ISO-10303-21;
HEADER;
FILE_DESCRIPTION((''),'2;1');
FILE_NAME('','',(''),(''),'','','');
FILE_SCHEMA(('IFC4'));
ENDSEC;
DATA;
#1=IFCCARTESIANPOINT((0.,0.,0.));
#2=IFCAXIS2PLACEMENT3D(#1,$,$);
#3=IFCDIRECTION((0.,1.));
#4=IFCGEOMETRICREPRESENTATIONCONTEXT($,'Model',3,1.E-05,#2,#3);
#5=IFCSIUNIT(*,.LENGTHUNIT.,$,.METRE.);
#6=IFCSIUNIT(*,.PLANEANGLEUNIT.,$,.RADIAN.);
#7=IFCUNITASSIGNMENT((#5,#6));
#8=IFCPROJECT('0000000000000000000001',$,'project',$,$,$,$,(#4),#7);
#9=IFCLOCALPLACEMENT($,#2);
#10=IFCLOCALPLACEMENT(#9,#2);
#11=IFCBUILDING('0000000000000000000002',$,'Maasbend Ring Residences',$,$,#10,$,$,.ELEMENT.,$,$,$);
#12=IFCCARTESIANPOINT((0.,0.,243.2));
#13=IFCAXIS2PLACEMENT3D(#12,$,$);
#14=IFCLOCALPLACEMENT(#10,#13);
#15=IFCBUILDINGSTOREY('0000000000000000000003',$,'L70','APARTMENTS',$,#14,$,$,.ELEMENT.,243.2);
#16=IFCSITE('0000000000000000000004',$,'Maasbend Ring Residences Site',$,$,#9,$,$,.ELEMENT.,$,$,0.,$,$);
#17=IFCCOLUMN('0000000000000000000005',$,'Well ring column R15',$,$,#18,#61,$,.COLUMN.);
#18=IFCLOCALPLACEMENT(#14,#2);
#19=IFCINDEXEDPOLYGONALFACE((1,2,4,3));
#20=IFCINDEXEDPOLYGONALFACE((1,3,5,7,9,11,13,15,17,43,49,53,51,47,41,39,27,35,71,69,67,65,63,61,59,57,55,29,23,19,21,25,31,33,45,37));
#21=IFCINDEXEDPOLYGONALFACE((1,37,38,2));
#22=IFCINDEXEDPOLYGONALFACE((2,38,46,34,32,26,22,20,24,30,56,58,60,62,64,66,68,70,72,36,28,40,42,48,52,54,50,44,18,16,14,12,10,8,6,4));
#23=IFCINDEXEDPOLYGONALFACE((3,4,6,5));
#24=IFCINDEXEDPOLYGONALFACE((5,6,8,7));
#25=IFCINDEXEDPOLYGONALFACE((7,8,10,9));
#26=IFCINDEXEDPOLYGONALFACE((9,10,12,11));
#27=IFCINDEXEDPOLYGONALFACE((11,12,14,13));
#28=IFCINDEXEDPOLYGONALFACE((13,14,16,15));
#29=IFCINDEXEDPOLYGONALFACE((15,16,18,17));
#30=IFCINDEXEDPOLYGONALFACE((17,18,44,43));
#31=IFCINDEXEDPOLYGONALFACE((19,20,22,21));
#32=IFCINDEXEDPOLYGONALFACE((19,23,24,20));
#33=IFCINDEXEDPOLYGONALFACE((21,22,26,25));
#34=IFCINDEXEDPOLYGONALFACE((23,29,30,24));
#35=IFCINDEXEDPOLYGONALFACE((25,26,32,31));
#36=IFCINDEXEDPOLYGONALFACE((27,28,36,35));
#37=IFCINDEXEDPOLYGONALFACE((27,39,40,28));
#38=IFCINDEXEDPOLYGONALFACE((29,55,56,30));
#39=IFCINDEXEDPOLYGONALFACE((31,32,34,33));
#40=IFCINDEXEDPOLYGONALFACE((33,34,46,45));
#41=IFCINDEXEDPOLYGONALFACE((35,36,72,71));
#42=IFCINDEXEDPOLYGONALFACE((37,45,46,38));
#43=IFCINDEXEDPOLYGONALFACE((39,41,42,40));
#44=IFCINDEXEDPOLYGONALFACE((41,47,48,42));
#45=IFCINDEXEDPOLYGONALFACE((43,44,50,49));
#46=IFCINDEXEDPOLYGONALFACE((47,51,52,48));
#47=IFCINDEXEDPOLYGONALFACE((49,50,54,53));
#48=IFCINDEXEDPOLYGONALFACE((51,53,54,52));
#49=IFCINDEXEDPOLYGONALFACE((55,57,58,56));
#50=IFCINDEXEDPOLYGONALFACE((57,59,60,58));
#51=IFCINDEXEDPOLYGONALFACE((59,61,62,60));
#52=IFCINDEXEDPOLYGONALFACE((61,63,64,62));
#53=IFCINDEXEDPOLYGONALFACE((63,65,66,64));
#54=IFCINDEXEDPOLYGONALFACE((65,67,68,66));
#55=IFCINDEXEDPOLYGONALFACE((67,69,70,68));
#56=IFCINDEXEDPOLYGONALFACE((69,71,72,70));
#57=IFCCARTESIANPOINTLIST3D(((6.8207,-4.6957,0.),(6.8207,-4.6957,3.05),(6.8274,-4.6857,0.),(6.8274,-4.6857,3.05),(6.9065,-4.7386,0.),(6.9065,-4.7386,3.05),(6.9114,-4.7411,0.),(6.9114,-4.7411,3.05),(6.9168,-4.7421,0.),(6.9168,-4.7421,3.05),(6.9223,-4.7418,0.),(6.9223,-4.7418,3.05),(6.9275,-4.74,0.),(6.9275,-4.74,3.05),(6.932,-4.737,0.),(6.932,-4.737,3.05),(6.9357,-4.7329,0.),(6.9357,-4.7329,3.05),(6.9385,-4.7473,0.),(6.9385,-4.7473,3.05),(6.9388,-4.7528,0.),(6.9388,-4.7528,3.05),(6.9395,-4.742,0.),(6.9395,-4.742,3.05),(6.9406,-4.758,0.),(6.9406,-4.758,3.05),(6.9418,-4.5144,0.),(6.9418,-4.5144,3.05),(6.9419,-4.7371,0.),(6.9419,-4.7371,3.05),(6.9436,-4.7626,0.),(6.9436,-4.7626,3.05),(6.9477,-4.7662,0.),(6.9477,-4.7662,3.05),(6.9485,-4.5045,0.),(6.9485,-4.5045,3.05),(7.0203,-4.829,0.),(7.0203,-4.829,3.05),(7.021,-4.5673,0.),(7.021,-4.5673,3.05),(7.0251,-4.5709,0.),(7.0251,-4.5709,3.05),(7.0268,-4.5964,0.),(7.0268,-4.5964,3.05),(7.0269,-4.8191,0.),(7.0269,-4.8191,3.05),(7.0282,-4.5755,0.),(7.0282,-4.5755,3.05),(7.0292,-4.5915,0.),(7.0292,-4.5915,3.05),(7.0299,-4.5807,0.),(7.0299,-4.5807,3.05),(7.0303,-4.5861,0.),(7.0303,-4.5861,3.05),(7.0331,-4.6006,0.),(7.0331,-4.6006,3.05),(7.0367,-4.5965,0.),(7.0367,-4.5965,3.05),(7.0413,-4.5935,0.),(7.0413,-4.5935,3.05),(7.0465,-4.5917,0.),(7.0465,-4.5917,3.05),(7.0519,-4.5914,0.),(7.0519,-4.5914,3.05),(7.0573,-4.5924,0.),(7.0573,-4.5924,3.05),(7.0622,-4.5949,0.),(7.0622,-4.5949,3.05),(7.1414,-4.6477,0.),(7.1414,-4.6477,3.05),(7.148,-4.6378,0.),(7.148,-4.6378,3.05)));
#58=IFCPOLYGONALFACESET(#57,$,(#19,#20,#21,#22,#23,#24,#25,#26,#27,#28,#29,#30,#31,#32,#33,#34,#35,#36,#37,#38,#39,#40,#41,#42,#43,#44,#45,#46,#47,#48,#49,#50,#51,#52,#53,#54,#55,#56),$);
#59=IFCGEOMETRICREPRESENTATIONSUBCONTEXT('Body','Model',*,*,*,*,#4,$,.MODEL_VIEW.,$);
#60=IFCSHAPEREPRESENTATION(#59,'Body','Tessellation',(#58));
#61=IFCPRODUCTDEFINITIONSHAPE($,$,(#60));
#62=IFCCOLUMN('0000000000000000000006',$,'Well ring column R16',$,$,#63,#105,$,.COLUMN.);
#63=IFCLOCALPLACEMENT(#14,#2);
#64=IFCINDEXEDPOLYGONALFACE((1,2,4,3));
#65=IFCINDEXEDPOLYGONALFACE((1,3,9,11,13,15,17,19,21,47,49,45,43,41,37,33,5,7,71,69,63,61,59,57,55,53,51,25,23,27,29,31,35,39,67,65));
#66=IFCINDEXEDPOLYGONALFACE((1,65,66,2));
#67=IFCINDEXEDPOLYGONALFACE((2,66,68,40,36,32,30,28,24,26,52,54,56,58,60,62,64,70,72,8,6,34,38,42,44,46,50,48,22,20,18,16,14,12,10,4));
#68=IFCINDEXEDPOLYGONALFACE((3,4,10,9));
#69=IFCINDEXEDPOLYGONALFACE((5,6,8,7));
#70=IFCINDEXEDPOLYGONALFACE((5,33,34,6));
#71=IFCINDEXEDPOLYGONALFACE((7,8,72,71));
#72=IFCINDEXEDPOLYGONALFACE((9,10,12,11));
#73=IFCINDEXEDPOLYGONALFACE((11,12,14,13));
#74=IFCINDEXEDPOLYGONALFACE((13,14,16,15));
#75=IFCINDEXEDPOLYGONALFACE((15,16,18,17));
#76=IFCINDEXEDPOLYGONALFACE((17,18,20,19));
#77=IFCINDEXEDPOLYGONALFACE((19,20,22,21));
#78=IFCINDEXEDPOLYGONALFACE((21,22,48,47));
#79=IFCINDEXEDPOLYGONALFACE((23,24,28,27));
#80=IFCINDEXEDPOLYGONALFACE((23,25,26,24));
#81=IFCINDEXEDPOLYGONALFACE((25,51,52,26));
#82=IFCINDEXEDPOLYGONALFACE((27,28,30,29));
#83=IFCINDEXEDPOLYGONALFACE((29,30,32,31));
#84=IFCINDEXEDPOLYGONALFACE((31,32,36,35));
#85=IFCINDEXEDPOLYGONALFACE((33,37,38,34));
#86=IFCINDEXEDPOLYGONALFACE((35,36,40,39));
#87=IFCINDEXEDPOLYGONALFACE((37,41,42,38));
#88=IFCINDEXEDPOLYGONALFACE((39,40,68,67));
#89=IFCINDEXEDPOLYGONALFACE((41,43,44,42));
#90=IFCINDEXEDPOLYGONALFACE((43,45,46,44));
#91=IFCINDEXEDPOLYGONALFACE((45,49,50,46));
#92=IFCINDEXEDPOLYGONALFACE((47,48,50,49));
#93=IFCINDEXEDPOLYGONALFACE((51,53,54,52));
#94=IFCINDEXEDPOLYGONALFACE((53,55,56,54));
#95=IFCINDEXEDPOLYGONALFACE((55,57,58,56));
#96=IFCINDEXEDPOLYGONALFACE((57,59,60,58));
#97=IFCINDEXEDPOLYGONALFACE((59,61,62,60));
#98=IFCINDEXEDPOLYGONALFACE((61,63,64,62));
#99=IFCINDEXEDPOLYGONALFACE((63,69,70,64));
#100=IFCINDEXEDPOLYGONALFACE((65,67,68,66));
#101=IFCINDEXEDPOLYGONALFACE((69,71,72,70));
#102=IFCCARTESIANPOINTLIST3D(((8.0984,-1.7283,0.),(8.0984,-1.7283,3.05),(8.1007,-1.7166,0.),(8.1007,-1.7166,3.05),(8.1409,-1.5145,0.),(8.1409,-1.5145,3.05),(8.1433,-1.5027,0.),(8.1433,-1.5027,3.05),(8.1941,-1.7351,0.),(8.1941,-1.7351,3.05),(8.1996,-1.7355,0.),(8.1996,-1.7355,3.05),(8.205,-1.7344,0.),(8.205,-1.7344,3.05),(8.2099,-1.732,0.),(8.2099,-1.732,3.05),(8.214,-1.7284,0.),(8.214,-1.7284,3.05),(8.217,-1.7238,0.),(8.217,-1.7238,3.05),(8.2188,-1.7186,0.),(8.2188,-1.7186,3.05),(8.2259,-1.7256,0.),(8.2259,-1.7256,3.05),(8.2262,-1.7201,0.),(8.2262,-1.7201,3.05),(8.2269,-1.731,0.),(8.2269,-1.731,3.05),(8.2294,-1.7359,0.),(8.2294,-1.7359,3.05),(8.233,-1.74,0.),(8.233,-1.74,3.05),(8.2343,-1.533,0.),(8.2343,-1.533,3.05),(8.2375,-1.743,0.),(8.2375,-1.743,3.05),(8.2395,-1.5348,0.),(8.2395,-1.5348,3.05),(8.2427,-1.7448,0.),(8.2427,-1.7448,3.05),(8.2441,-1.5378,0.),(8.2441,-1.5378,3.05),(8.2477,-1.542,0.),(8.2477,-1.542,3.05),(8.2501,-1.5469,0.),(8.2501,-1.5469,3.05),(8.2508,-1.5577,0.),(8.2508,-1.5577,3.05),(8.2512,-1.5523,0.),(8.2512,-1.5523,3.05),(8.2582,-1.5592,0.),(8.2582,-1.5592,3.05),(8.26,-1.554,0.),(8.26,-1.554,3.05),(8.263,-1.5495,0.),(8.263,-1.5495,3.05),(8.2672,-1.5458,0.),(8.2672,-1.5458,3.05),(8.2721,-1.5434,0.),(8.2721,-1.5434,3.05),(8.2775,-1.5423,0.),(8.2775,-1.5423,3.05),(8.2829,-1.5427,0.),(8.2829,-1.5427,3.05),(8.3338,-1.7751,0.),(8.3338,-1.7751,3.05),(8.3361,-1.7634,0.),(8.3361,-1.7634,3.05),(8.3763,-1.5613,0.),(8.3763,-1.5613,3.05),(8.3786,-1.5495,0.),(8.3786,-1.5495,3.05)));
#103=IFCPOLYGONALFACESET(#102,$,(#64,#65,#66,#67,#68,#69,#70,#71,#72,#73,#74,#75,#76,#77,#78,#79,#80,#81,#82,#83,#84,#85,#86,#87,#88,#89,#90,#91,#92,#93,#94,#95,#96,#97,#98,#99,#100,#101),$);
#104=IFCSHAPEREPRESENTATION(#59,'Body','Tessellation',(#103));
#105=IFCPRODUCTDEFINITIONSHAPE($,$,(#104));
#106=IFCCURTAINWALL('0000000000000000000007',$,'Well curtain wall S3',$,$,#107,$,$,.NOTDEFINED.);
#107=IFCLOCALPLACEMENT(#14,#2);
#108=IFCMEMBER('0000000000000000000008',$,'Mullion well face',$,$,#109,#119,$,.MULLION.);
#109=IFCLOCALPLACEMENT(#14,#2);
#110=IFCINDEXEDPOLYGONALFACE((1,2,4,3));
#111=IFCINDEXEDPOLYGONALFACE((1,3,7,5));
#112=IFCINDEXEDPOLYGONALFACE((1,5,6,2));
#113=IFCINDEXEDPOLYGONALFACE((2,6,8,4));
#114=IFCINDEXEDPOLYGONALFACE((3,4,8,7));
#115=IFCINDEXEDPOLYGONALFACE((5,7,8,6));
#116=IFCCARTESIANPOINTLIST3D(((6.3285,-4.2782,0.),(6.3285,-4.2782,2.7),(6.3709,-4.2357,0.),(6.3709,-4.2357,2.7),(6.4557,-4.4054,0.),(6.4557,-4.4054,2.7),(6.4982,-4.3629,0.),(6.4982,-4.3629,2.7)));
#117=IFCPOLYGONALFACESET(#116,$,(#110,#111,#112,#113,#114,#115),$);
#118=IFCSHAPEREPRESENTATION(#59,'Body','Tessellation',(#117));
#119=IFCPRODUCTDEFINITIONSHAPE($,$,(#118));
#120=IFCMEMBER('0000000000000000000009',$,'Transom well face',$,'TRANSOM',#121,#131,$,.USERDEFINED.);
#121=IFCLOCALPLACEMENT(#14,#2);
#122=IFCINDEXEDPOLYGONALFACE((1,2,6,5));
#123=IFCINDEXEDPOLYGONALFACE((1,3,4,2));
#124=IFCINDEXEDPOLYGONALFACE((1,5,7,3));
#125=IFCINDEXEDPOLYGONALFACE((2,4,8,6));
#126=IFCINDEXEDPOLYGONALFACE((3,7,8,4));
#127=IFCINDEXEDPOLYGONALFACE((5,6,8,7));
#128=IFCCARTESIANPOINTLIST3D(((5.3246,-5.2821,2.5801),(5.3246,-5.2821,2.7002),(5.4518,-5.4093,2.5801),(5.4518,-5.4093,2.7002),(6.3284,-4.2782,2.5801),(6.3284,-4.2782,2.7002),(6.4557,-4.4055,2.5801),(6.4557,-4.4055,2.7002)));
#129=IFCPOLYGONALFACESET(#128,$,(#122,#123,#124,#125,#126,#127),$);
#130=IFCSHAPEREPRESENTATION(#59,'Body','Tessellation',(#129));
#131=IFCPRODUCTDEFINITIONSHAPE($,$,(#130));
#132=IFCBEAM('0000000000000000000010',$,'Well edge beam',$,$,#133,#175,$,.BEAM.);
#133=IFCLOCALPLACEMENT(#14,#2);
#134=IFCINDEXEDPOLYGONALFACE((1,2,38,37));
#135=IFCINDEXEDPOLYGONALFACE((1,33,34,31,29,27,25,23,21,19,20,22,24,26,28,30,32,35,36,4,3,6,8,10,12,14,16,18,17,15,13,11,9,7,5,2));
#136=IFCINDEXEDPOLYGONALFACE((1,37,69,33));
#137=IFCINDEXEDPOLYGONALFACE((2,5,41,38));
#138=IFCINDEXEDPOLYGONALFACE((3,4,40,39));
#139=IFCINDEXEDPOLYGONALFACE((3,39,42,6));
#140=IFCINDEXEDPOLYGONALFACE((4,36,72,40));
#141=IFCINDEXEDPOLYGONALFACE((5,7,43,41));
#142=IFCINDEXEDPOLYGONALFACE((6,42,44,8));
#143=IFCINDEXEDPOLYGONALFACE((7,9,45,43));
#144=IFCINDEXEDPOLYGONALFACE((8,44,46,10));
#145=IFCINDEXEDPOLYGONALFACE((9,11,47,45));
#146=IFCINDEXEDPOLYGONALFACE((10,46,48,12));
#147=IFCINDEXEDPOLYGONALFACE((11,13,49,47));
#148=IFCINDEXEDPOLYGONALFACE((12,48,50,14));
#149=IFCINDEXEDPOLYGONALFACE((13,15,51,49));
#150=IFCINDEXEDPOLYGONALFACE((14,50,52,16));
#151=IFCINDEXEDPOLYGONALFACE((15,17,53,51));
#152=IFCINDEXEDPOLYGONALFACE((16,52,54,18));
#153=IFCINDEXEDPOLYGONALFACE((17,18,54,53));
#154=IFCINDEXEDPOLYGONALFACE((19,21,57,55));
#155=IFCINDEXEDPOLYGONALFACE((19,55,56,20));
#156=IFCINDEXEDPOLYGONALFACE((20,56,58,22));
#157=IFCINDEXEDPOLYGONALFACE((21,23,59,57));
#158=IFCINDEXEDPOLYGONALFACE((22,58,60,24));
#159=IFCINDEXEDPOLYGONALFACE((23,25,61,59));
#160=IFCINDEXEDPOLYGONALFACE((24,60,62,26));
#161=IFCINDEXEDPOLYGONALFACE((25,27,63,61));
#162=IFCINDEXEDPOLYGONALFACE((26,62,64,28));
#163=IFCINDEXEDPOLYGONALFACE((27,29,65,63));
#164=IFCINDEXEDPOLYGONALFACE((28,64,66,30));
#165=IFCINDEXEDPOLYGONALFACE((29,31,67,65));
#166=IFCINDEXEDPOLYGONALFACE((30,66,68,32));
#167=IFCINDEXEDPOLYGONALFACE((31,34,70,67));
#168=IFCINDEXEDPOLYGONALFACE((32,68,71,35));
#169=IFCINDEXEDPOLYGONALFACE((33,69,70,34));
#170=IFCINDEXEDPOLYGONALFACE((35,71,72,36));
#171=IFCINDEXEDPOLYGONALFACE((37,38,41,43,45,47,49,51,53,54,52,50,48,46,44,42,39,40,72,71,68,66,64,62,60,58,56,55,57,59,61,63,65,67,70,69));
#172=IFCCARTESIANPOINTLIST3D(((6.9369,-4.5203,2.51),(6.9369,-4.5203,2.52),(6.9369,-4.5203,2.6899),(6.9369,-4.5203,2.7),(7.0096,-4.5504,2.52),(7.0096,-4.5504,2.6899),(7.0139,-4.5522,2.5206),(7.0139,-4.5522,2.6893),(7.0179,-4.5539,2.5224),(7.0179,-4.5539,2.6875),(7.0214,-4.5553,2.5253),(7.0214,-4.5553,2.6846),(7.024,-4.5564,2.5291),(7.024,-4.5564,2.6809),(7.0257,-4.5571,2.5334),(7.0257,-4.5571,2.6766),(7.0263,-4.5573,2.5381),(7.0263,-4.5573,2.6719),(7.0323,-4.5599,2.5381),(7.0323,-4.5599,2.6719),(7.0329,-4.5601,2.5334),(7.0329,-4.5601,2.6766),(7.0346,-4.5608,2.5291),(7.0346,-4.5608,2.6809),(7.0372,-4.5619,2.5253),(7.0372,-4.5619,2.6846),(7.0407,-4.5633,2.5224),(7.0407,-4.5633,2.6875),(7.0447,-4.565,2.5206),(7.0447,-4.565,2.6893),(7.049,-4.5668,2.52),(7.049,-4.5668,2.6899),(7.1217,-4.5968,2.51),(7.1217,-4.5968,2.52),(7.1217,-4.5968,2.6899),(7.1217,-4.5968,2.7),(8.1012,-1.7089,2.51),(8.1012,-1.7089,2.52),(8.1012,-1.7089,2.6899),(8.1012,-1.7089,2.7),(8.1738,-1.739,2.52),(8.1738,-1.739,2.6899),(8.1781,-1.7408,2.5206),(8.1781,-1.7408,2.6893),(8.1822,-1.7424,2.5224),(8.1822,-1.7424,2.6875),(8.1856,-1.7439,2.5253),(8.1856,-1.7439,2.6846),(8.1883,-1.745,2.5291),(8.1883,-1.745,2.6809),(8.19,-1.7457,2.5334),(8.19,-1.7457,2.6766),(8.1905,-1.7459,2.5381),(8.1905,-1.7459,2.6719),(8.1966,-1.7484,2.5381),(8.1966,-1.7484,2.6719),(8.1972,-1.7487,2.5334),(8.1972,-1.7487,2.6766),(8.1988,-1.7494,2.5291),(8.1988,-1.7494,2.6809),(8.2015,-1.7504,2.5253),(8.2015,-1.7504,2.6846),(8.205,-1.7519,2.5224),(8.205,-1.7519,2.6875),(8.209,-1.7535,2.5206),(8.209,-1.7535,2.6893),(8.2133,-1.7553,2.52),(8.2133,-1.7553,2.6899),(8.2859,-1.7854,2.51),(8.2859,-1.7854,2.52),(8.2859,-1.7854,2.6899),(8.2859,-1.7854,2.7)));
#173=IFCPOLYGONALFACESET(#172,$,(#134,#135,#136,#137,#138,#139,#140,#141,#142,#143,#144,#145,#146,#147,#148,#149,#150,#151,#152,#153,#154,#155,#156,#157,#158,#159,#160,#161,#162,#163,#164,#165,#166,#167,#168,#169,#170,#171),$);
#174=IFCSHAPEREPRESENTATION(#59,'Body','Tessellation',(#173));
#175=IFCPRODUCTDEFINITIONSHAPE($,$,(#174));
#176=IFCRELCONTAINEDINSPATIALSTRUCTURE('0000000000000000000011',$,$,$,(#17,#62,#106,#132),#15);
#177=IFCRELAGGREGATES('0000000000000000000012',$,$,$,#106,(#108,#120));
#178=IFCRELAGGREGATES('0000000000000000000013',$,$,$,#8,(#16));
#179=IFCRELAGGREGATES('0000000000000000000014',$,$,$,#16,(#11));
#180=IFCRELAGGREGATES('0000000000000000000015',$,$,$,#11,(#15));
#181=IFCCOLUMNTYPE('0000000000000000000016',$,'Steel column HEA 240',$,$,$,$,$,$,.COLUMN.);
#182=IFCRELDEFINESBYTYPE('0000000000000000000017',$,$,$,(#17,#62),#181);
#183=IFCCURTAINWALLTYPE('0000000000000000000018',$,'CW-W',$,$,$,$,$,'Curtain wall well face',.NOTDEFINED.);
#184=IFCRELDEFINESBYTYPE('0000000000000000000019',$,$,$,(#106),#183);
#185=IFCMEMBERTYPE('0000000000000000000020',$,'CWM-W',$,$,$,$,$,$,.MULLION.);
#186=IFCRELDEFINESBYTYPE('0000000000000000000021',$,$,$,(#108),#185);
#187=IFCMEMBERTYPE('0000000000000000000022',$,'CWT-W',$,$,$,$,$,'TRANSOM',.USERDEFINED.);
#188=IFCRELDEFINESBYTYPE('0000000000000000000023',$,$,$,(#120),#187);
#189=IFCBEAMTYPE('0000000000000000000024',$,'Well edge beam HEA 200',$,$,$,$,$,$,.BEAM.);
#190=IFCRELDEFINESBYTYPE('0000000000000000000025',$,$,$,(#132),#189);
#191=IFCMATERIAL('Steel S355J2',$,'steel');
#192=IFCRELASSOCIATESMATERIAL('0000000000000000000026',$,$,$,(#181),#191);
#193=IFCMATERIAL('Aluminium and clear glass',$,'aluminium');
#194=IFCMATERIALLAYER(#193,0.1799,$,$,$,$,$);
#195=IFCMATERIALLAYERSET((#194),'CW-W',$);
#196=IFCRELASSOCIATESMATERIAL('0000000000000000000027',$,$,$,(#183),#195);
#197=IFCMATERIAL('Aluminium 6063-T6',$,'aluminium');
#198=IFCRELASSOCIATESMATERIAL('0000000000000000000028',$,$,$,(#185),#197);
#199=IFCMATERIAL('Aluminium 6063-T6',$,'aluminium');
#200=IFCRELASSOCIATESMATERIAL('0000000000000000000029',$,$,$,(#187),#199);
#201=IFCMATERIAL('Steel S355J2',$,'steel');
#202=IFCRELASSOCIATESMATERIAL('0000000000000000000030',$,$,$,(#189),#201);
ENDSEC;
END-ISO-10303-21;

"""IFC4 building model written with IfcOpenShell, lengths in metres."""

from ifc_helpers import new_model, si_unit, direction, frame, origin, origin_2d, place, context, subcontext, project, spatial, rectangle, i_section, extrude, material, layer, layer_set, material_profile, profile_set, type_object, element, aggregate, save


model = new_model("IFC4")

# Units and contexts
model_context = context("Model", 3, precision=1e-05, world=origin(), true_north=direction((0.0, 1.0)))
body_context = subcontext(model_context, "Body", "Model", "MODEL_VIEW")
ifc_project = project(units=[si_unit("LENGTHUNIT", "METRE"), si_unit("PLANEANGLEUNIT", "RADIAN")], contexts=[model_context])

# Site, building, storey
site_placement = place(None, origin())
site = spatial("IfcSite", under=ifc_project, at=site_placement, Name="Maasbend Ring Residences Site", CompositionType="ELEMENT", RefElevation=0.0)
building_placement = place(site_placement, origin())
building = spatial("IfcBuilding", under=site, at=building_placement, Name="Maasbend Ring Residences", CompositionType="ELEMENT")
storey_placement = place(building_placement, frame((0.0, 0.0, 243.2)))
storey = spatial("IfcBuildingStorey", under=building, at=storey_placement, Name="L70", Description="APARTMENTS", CompositionType="ELEMENT", Elevation=243.2)

# Columns
ifc_material_1 = material(Name="Steel S355J2", Category="steel")
ifc_material_profile_1 = material_profile(ifc_material_1, i_section(OverallWidth=0.24, OverallDepth=0.23, WebThickness=0.0076, FlangeThickness=0.012, FilletRadius=0.021, at=origin_2d()), Name="HEA 240")
ifc_profile_set_1 = profile_set([ifc_material_profile_1], Name="Steel S355J2")
column_type = type_object("IfcColumnType", Name="Steel column HEA 240", PredefinedType="COLUMN", material=ifc_profile_set_1)
for number, where, z_axis, x_axis, name in (
    (1, (6.9844, -4.6667, 0.0), (0.0, 0.0, 1.0), (0.83147, -0.55557, 0.0), "Well ring column R15"),
    (2, (8.2385, -1.6389, 0.0), (0.0, 0.0, 1.0), (0.980785, -0.19509, 0.0), "Well ring column R16"),
):
    element("IfcColumn", number, at=place(storey_placement, frame(where, z_axis=z_axis, x_axis=x_axis)), inside=storey, type_object=column_type, Name=name, PredefinedType="COLUMN", context=body_context, shape_type="SweptSolid", body=[
        extrude(i_section(OverallWidth=0.24, OverallDepth=0.23, WebThickness=0.0076, FlangeThickness=0.012, FilletRadius=0.021, at=origin_2d()), origin(), (0.0, 0.0, 1.0), 3.05),
    ])

# Curtain wall, members
ifc_material_2 = material(Name="Aluminium and clear glass", Category="aluminium")
ifc_layer_1 = layer(ifc_material_2, 0.1799)
ifc_layer_set_1 = layer_set([ifc_layer_1], Name="CW-W")
curtain_wall_type = type_object("IfcCurtainWallType", Name="CW-W", ElementType="Curtain wall well face", PredefinedType="NOTDEFINED", material=ifc_layer_set_1)
curtain_wall_placement = place(storey_placement, origin())
curtain_wall = element("IfcCurtainWall", 3, at=curtain_wall_placement, inside=storey, type_object=curtain_wall_type, Name="Well curtain wall S3", PredefinedType="NOTDEFINED")
ifc_material_3 = material(Name="Aluminium 6063-T6", Category="aluminium")
ifc_material_profile_2 = material_profile(ifc_material_3, rectangle(XDim=0.1799, YDim=0.0601, at=origin_2d()), Name="AL 180x60")
ifc_profile_set_2 = profile_set([ifc_material_profile_2], Name="Aluminium 6063-T6")
member_type_1 = type_object("IfcMemberType", Name="CWM-W", PredefinedType="MULLION", material=ifc_profile_set_2)
member_1_placement = place(storey_placement, frame((6.4133, -4.3206, 0.0), z_axis=(0.0, 0.0, 1.0), x_axis=(-0.707107, 0.707107, 0.0)))
member_1 = element("IfcMember", 4, at=member_1_placement, type_object=member_type_1, Name="Mullion well face", PredefinedType="MULLION", context=body_context, shape_type="SweptSolid", body=[
    extrude(rectangle(XDim=0.1799, YDim=0.0601, at=origin_2d()), origin(), (0.0, 0.0, 1.0), 2.7),
])
ifc_material_4 = material(Name="Aluminium 6063-T6", Category="aluminium")
ifc_material_profile_3 = material_profile(ifc_material_4, rectangle(XDim=0.1799, YDim=0.1201, at=origin_2d()), Name="AL 180x120")
ifc_profile_set_3 = profile_set([ifc_material_profile_3], Name="Aluminium 6063-T6")
member_type_2 = type_object("IfcMemberType", Name="CWT-W", ElementType="TRANSOM", PredefinedType="USERDEFINED", material=ifc_profile_set_3)
member_2_placement = place(storey_placement, frame((5.3882, -5.3457, 2.6401), z_axis=(0.707107, 0.707107, 0.0), x_axis=(-0.707107, 0.707107, 0.0)))
member_2 = element("IfcMember", 5, at=member_2_placement, type_object=member_type_2, Name="Transom well face", ObjectType="TRANSOM", PredefinedType="USERDEFINED", context=body_context, shape_type="SweptSolid", body=[
    extrude(rectangle(XDim=0.1799, YDim=0.1201, at=origin_2d()), origin(), (0.0, 0.0, 1.0), 1.4197),
])

# Beam
ifc_material_5 = material(Name="Steel S355J2", Category="steel")
ifc_material_profile_4 = material_profile(ifc_material_5, i_section(OverallWidth=0.2, OverallDepth=0.1899, WebThickness=0.0066, FlangeThickness=0.01, FilletRadius=0.0181, at=origin_2d()), Name="HEA 200")
ifc_profile_set_4 = profile_set([ifc_material_profile_4], Name="Steel S355J2")
beam_type = type_object("IfcBeamType", Name="Well edge beam HEA 200", PredefinedType="BEAM", material=ifc_profile_set_4)
for number, where, z_axis, x_axis, name in (
    (6, (7.0293, -4.5586, 2.605), (0.382609, 0.92391, 0.0), (-0.92391, 0.382609, 0.0), "Well edge beam"),
):
    element("IfcBeam", number, at=place(storey_placement, frame(where, z_axis=z_axis, x_axis=x_axis)), inside=storey, type_object=beam_type, Name=name, PredefinedType="BEAM", context=body_context, shape_type="SweptSolid", body=[
        extrude(i_section(OverallWidth=0.2, OverallDepth=0.1899, WebThickness=0.0066, FlangeThickness=0.01, FilletRadius=0.0181, at=origin_2d()), origin(), (0.0, 0.0, 1.0), 3.043),
    ])

aggregate(curtain_wall, [member_1, member_2])

save(model, "model.ifc")
